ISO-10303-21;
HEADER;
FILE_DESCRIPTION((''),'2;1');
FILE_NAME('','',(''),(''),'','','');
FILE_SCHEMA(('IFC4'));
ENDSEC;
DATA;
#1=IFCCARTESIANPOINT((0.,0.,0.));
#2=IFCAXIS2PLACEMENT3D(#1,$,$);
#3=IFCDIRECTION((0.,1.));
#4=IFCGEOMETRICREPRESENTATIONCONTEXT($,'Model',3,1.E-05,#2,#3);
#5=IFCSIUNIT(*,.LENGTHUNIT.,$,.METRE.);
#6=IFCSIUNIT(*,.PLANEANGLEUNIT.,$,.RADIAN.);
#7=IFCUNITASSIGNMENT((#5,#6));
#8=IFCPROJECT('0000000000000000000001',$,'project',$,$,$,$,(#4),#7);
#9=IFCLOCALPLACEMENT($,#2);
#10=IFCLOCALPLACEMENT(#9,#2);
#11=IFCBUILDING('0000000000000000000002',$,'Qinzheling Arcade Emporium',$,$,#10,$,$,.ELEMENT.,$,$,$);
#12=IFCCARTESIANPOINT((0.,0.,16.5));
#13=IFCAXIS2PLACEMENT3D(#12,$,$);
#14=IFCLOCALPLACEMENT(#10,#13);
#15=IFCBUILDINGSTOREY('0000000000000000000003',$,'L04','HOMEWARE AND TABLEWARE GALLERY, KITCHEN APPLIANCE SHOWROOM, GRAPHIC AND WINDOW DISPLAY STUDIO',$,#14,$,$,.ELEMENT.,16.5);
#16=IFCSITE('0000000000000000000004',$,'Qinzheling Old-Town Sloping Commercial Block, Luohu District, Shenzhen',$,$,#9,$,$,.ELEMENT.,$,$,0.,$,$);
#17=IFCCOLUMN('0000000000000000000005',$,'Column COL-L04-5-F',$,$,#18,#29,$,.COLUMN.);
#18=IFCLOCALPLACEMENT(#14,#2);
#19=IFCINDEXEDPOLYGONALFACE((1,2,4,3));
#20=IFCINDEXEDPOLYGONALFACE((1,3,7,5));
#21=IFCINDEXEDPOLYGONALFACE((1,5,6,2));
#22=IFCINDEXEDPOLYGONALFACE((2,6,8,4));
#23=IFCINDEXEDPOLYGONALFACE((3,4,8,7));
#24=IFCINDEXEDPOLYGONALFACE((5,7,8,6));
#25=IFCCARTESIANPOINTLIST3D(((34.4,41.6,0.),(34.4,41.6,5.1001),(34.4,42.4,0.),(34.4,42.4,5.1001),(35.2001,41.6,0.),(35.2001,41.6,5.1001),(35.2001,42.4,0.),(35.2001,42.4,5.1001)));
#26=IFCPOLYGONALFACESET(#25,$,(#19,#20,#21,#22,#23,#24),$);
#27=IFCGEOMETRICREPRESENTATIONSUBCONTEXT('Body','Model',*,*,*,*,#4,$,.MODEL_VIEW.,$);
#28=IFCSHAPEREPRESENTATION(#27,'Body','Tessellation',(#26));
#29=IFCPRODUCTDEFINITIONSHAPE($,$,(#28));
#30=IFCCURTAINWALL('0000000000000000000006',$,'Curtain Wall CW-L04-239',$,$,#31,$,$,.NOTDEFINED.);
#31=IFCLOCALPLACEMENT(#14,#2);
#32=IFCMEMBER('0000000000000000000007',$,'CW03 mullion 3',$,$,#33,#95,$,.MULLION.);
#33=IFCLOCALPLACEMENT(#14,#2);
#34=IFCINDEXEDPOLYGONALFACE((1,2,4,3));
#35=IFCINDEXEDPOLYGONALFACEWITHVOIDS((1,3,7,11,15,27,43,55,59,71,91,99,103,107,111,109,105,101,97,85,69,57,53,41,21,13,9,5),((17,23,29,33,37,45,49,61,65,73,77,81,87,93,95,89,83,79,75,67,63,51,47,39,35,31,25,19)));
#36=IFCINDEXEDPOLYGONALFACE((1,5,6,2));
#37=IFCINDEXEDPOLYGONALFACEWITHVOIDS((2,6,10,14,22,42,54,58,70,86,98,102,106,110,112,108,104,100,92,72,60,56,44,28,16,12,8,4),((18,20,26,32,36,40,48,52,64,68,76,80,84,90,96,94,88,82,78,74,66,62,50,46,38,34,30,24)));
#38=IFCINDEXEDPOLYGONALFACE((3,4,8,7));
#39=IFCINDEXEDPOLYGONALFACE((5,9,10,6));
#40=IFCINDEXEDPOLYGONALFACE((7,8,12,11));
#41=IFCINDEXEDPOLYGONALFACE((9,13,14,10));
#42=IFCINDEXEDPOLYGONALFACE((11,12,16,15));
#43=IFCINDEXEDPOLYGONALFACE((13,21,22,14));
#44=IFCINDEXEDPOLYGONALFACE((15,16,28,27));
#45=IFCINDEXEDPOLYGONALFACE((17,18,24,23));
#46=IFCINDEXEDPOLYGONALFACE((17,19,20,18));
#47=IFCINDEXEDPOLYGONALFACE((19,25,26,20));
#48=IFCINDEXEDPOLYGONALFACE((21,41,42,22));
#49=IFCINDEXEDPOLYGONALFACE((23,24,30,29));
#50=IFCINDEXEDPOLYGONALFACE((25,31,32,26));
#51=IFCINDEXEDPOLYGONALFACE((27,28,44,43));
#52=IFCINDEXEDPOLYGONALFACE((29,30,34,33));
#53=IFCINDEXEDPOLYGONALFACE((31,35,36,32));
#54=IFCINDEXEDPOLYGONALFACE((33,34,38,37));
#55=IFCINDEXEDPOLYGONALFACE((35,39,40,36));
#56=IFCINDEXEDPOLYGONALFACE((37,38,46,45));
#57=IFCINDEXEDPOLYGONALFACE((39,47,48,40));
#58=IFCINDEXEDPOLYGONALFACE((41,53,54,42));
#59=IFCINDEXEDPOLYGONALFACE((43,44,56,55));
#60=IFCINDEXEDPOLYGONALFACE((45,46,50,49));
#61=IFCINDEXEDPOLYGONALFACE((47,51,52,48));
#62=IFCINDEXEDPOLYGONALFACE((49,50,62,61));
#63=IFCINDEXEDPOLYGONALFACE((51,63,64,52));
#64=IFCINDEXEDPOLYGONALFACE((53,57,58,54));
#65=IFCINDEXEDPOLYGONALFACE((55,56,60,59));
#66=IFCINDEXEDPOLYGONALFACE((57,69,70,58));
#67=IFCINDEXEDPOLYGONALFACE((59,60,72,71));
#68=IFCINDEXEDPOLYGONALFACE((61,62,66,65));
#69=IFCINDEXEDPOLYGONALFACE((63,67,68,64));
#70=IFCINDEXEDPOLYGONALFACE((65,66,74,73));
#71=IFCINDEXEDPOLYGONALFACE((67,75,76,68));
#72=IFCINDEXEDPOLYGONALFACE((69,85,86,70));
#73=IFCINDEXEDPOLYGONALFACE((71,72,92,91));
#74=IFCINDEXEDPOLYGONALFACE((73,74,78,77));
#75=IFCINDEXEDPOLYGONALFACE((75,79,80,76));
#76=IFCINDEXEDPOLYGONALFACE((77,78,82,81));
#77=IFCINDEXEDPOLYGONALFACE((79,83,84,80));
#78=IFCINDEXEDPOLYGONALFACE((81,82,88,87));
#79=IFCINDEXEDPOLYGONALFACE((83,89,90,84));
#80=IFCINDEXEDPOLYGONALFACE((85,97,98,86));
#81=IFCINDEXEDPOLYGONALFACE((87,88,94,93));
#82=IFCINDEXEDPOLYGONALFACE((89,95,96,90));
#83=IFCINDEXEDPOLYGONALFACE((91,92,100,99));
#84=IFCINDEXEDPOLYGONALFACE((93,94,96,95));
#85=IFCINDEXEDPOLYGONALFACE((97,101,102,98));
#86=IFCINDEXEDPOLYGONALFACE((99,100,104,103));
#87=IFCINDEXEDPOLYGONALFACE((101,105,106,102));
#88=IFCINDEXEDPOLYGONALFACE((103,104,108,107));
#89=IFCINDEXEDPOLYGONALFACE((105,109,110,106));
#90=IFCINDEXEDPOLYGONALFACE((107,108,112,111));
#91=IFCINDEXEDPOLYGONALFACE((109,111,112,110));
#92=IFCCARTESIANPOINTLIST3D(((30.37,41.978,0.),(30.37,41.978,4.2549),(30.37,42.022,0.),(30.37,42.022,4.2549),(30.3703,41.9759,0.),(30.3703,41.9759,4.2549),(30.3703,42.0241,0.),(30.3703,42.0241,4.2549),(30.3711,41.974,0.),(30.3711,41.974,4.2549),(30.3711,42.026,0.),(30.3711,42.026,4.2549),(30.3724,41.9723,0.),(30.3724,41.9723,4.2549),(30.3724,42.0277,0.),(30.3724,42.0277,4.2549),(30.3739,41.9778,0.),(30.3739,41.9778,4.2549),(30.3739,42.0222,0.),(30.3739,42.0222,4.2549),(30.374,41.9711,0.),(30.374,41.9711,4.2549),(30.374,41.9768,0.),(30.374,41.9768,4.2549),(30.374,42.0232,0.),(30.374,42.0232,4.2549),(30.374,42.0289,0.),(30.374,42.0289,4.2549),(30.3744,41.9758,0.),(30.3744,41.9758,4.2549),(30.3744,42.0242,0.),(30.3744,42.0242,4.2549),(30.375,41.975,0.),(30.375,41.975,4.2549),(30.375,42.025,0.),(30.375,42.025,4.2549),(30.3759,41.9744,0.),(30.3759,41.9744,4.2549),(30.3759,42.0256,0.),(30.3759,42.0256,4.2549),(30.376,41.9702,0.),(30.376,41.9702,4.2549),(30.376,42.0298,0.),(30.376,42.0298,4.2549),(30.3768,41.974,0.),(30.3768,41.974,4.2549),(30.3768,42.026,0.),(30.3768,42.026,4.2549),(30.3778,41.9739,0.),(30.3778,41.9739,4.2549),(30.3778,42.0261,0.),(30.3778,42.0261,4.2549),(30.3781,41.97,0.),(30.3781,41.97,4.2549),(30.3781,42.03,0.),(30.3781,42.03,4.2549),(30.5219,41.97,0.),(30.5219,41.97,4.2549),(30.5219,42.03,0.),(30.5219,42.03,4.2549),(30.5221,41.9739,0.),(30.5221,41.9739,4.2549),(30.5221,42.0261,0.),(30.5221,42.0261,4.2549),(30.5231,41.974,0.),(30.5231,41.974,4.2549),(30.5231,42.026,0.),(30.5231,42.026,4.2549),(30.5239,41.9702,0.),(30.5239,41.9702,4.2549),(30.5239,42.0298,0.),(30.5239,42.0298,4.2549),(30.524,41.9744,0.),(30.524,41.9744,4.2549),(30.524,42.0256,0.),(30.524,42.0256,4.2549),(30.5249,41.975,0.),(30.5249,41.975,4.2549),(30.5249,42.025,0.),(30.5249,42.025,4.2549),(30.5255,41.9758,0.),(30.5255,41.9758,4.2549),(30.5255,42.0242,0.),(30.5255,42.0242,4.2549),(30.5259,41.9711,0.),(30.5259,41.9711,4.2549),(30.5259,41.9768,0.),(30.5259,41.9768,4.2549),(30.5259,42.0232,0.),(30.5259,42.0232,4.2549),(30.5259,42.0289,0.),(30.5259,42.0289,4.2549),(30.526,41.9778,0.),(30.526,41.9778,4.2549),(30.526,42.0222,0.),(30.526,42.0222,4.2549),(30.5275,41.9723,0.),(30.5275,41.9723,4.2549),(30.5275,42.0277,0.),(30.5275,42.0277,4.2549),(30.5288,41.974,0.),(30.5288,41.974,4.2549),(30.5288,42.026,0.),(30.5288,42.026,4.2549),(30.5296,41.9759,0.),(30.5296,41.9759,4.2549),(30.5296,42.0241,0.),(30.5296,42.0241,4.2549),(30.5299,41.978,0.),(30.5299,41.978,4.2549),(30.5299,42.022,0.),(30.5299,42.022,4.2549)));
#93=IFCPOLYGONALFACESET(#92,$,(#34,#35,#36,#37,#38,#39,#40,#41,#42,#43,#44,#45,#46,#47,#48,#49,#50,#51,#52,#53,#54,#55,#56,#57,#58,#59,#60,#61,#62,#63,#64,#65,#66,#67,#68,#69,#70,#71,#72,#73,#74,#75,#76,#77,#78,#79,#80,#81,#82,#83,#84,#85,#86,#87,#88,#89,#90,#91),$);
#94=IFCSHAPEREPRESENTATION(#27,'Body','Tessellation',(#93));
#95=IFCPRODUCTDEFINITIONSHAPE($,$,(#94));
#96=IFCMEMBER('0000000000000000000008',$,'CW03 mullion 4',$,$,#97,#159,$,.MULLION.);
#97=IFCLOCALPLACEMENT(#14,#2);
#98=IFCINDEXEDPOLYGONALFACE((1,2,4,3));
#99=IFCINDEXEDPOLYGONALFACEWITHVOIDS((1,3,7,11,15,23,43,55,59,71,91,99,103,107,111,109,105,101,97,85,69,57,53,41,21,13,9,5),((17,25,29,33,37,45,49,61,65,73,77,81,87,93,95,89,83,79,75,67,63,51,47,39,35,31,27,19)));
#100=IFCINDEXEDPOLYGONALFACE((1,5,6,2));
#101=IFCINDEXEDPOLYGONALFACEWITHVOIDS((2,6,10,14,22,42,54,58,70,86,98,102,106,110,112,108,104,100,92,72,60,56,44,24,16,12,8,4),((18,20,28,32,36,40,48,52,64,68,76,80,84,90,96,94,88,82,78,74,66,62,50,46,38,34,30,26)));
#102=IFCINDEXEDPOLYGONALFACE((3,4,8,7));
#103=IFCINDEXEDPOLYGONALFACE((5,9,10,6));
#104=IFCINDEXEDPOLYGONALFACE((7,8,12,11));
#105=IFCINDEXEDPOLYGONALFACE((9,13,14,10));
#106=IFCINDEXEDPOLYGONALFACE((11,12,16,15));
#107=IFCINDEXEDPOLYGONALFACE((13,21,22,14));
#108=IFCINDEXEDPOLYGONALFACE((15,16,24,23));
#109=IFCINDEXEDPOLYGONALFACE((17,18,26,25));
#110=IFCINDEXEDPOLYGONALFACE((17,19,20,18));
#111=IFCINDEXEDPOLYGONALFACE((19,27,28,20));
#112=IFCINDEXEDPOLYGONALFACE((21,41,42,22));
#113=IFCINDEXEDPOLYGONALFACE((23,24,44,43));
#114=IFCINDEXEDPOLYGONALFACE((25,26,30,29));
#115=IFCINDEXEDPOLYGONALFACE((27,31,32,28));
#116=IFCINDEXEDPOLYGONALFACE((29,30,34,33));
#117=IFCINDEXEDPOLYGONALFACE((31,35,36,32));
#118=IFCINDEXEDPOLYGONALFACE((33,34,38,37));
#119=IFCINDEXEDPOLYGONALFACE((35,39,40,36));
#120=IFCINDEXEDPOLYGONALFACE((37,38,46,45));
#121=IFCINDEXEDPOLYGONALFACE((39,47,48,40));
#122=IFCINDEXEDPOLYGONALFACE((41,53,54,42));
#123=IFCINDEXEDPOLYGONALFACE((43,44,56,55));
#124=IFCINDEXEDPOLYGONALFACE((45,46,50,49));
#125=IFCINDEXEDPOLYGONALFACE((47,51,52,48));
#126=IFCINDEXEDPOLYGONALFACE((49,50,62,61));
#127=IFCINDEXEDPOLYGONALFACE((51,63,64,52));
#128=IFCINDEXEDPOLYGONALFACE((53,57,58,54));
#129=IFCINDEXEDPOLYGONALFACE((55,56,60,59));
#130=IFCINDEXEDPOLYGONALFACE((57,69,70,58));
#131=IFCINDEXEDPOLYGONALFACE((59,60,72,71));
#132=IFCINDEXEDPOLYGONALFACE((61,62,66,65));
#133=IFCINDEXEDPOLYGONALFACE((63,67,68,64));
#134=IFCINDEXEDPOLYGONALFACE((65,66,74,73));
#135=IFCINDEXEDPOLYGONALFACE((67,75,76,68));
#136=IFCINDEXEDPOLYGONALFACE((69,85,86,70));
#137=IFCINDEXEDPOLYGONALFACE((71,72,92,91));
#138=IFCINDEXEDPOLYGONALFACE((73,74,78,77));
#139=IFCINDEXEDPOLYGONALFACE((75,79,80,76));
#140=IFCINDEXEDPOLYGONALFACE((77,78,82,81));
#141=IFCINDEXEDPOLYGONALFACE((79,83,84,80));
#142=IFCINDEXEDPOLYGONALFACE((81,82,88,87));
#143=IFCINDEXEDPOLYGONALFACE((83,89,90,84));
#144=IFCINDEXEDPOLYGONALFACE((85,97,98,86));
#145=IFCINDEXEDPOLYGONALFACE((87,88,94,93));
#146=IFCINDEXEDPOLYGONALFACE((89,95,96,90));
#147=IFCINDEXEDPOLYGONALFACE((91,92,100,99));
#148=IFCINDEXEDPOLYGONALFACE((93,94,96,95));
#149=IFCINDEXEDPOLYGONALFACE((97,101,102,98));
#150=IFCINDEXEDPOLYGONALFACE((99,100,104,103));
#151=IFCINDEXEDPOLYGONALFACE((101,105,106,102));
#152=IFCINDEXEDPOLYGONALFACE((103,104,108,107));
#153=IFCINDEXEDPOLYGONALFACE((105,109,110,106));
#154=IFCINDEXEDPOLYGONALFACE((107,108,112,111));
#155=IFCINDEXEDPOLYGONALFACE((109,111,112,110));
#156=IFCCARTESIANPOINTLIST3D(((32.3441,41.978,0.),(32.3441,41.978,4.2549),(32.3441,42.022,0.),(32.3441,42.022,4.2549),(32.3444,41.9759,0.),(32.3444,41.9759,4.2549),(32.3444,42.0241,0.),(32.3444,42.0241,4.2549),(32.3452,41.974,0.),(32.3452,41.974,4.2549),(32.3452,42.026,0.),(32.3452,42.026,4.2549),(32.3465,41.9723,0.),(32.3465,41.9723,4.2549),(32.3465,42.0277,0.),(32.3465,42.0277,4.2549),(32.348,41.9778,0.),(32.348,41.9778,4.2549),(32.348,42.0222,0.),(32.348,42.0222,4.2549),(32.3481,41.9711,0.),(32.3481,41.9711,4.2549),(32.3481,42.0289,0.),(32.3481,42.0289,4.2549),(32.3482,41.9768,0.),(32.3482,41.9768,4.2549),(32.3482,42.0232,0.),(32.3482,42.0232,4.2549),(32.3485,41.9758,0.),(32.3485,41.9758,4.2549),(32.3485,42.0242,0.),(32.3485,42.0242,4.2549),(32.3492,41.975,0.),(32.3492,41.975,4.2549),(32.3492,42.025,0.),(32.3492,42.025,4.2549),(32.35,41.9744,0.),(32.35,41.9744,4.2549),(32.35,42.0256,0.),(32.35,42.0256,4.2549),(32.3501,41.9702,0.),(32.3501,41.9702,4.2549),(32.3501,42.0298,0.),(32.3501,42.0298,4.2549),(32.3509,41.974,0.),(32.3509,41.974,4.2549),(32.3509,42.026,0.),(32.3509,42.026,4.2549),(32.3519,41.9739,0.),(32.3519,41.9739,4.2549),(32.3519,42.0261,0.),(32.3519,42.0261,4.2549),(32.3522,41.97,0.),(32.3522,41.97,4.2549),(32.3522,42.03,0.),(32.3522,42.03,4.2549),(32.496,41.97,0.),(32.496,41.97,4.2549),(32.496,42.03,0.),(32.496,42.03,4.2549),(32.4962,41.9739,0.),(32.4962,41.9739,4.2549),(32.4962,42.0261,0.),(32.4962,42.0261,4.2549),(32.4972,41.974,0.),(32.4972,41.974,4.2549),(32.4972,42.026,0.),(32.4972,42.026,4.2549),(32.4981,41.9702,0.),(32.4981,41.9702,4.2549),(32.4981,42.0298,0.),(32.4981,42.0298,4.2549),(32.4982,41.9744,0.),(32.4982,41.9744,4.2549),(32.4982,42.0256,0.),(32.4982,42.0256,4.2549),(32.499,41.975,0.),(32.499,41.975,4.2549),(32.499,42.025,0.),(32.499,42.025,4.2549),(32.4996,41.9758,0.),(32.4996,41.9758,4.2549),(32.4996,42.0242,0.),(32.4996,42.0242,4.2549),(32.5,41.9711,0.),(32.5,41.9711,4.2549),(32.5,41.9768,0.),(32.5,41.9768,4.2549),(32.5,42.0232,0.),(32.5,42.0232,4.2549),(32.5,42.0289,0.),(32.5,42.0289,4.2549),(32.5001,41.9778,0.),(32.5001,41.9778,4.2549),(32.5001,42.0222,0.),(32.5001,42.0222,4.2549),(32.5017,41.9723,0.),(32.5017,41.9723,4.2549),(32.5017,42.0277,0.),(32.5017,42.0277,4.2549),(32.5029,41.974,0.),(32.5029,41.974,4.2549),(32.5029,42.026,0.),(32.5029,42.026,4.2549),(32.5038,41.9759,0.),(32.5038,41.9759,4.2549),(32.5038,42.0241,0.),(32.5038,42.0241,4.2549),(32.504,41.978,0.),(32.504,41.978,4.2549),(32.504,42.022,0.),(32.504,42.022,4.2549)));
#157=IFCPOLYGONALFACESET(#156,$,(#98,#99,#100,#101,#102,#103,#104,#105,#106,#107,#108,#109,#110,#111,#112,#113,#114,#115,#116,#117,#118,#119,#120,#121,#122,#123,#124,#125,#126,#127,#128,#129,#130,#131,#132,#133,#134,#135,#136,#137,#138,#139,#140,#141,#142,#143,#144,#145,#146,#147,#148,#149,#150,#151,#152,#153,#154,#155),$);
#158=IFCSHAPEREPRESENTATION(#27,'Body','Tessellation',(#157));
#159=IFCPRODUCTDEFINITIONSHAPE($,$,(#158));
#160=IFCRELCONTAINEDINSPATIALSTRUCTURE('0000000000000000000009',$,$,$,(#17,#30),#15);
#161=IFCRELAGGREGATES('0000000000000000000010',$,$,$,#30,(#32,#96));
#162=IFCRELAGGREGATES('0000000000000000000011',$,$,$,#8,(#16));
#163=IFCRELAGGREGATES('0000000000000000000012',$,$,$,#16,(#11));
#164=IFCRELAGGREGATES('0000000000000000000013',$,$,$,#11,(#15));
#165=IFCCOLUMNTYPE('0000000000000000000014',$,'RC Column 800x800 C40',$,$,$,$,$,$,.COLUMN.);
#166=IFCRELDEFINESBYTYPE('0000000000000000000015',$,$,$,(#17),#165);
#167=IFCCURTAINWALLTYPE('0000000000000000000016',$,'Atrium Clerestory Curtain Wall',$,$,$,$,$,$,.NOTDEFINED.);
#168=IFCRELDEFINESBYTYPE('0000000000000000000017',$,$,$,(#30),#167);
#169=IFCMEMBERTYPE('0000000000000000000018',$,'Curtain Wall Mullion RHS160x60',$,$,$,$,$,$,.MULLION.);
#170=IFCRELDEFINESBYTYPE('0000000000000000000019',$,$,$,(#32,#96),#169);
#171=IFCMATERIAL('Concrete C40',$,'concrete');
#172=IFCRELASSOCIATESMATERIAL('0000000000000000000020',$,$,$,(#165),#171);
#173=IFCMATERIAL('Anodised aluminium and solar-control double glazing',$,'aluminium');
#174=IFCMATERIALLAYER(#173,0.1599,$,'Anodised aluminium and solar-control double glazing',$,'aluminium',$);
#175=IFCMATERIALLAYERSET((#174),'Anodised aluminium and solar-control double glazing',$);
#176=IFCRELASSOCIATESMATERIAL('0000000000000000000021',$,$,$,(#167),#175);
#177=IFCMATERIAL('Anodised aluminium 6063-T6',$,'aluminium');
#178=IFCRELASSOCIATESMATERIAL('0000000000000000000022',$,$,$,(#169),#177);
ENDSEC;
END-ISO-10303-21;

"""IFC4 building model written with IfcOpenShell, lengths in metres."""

from ifc_helpers import new_model, si_unit, direction, frame, origin, origin_2d, place, context, subcontext, project, spatial, rectangle, hollow_rectangle, extrude, material, layer, layer_set, material_profile, profile_set, type_object, element, aggregate, save


model = new_model("IFC4")

# Units and contexts
model_context = context("Model", 3, precision=1e-05, world=origin(), true_north=direction((0.0, 1.0)))
body_context = subcontext(model_context, "Body", "Model", "MODEL_VIEW")
ifc_project = project(units=[si_unit("LENGTHUNIT", "METRE"), si_unit("PLANEANGLEUNIT", "RADIAN")], contexts=[model_context])

# Site, building, storey
site_placement = place(None, origin())
site = spatial("IfcSite", under=ifc_project, at=site_placement, Name="Qinzheling Old-Town Sloping Commercial Block, Luohu District, Shenzhen", CompositionType="ELEMENT", RefElevation=0.0)
building_placement = place(site_placement, origin())
building = spatial("IfcBuilding", under=site, at=building_placement, Name="Qinzheling Arcade Emporium", CompositionType="ELEMENT")
storey_placement = place(building_placement, frame((0.0, 0.0, 16.5)))
storey = spatial("IfcBuildingStorey", under=building, at=storey_placement, Name="L04", Description="HOMEWARE AND TABLEWARE GALLERY, KITCHEN APPLIANCE SHOWROOM, GRAPHIC AND WINDOW DISPLAY STUDIO", CompositionType="ELEMENT", Elevation=16.5)

# Column
ifc_material_1 = material(Name="Concrete C40", Category="concrete")
ifc_material_profile_1 = material_profile(ifc_material_1, rectangle(XDim=0.8, YDim=0.8, at=origin_2d()), Name="RC 800x800", Category="concrete")
ifc_profile_set_1 = profile_set([ifc_material_profile_1], Name="Concrete C40")
column_type = type_object("IfcColumnType", Name="RC Column 800x800 C40", PredefinedType="COLUMN", material=ifc_profile_set_1)
column_placement = place(storey_placement, frame((34.8, 42.0, 0.0), z_axis=(0.0, 0.0, 1.0), x_axis=(1.0, 0.0, 0.0)))
element("IfcColumn", 1, at=column_placement, inside=storey, type_object=column_type, Name="Column COL-L04-5-F", PredefinedType="COLUMN", context=body_context, shape_type="SweptSolid", body=[
    extrude(rectangle(XDim=0.8, YDim=0.8, at=origin_2d()), origin(), (0.0, 0.0, 1.0), 5.1001),
])

# Curtain wall, members
ifc_material_2 = material(Name="Anodised aluminium and solar-control double glazing", Category="aluminium")
ifc_layer_1 = layer(ifc_material_2, 0.1599, Name="Anodised aluminium and solar-control double glazing", Category="aluminium")
ifc_layer_set_1 = layer_set([ifc_layer_1], Name="Anodised aluminium and solar-control double glazing")
curtain_wall_type = type_object("IfcCurtainWallType", Name="Atrium Clerestory Curtain Wall", PredefinedType="NOTDEFINED", material=ifc_layer_set_1)
curtain_wall_placement = place(storey_placement, origin())
curtain_wall = element("IfcCurtainWall", 2, at=curtain_wall_placement, inside=storey, type_object=curtain_wall_type, Name="Curtain Wall CW-L04-239", PredefinedType="NOTDEFINED")
ifc_material_3 = material(Name="Anodised aluminium 6063-T6", Category="aluminium")
ifc_material_profile_2 = material_profile(ifc_material_3, hollow_rectangle(XDim=0.0601, YDim=0.1599, WallThickness=0.0039, InnerFilletRadius=0.0039, OuterFilletRadius=0.0081, at=origin_2d()), Name="RHS 160x60x4", Category="aluminium")
ifc_profile_set_2 = profile_set([ifc_material_profile_2], Name="Anodised aluminium 6063-T6")
member_type_1 = type_object("IfcMemberType", Name="Curtain Wall Mullion RHS160x60", PredefinedType="MULLION", material=ifc_profile_set_2)
member_1_placement = place(storey_placement, frame((30.45, 42.0, 0.0), z_axis=(0.0, 0.0, 1.0), x_axis=(0.0, 1.0, 0.0)))
member_1 = element("IfcMember", 3, at=member_1_placement, type_object=member_type_1, Name="CW03 mullion 3", PredefinedType="MULLION", context=body_context, shape_type="SweptSolid", body=[
    extrude(hollow_rectangle(XDim=0.0601, YDim=0.1599, WallThickness=0.0039, InnerFilletRadius=0.0039, OuterFilletRadius=0.0081, at=origin_2d()), origin(), (0.0, 0.0, 1.0), 4.2549),
])
member_2_placement = place(storey_placement, frame((32.4241, 42.0, 0.0), z_axis=(0.0, 0.0, 1.0), x_axis=(0.0, 1.0, 0.0)))
member_2 = element("IfcMember", 4, at=member_2_placement, type_object=member_type_1, Name="CW03 mullion 4", PredefinedType="MULLION", context=body_context, shape_type="SweptSolid", body=[
    extrude(hollow_rectangle(XDim=0.0601, YDim=0.1599, WallThickness=0.0039, InnerFilletRadius=0.0039, OuterFilletRadius=0.0081, at=origin_2d()), origin(), (0.0, 0.0, 1.0), 4.2549),
])
aggregate(curtain_wall, [member_1, member_2])

save(model, "model.ifc")
